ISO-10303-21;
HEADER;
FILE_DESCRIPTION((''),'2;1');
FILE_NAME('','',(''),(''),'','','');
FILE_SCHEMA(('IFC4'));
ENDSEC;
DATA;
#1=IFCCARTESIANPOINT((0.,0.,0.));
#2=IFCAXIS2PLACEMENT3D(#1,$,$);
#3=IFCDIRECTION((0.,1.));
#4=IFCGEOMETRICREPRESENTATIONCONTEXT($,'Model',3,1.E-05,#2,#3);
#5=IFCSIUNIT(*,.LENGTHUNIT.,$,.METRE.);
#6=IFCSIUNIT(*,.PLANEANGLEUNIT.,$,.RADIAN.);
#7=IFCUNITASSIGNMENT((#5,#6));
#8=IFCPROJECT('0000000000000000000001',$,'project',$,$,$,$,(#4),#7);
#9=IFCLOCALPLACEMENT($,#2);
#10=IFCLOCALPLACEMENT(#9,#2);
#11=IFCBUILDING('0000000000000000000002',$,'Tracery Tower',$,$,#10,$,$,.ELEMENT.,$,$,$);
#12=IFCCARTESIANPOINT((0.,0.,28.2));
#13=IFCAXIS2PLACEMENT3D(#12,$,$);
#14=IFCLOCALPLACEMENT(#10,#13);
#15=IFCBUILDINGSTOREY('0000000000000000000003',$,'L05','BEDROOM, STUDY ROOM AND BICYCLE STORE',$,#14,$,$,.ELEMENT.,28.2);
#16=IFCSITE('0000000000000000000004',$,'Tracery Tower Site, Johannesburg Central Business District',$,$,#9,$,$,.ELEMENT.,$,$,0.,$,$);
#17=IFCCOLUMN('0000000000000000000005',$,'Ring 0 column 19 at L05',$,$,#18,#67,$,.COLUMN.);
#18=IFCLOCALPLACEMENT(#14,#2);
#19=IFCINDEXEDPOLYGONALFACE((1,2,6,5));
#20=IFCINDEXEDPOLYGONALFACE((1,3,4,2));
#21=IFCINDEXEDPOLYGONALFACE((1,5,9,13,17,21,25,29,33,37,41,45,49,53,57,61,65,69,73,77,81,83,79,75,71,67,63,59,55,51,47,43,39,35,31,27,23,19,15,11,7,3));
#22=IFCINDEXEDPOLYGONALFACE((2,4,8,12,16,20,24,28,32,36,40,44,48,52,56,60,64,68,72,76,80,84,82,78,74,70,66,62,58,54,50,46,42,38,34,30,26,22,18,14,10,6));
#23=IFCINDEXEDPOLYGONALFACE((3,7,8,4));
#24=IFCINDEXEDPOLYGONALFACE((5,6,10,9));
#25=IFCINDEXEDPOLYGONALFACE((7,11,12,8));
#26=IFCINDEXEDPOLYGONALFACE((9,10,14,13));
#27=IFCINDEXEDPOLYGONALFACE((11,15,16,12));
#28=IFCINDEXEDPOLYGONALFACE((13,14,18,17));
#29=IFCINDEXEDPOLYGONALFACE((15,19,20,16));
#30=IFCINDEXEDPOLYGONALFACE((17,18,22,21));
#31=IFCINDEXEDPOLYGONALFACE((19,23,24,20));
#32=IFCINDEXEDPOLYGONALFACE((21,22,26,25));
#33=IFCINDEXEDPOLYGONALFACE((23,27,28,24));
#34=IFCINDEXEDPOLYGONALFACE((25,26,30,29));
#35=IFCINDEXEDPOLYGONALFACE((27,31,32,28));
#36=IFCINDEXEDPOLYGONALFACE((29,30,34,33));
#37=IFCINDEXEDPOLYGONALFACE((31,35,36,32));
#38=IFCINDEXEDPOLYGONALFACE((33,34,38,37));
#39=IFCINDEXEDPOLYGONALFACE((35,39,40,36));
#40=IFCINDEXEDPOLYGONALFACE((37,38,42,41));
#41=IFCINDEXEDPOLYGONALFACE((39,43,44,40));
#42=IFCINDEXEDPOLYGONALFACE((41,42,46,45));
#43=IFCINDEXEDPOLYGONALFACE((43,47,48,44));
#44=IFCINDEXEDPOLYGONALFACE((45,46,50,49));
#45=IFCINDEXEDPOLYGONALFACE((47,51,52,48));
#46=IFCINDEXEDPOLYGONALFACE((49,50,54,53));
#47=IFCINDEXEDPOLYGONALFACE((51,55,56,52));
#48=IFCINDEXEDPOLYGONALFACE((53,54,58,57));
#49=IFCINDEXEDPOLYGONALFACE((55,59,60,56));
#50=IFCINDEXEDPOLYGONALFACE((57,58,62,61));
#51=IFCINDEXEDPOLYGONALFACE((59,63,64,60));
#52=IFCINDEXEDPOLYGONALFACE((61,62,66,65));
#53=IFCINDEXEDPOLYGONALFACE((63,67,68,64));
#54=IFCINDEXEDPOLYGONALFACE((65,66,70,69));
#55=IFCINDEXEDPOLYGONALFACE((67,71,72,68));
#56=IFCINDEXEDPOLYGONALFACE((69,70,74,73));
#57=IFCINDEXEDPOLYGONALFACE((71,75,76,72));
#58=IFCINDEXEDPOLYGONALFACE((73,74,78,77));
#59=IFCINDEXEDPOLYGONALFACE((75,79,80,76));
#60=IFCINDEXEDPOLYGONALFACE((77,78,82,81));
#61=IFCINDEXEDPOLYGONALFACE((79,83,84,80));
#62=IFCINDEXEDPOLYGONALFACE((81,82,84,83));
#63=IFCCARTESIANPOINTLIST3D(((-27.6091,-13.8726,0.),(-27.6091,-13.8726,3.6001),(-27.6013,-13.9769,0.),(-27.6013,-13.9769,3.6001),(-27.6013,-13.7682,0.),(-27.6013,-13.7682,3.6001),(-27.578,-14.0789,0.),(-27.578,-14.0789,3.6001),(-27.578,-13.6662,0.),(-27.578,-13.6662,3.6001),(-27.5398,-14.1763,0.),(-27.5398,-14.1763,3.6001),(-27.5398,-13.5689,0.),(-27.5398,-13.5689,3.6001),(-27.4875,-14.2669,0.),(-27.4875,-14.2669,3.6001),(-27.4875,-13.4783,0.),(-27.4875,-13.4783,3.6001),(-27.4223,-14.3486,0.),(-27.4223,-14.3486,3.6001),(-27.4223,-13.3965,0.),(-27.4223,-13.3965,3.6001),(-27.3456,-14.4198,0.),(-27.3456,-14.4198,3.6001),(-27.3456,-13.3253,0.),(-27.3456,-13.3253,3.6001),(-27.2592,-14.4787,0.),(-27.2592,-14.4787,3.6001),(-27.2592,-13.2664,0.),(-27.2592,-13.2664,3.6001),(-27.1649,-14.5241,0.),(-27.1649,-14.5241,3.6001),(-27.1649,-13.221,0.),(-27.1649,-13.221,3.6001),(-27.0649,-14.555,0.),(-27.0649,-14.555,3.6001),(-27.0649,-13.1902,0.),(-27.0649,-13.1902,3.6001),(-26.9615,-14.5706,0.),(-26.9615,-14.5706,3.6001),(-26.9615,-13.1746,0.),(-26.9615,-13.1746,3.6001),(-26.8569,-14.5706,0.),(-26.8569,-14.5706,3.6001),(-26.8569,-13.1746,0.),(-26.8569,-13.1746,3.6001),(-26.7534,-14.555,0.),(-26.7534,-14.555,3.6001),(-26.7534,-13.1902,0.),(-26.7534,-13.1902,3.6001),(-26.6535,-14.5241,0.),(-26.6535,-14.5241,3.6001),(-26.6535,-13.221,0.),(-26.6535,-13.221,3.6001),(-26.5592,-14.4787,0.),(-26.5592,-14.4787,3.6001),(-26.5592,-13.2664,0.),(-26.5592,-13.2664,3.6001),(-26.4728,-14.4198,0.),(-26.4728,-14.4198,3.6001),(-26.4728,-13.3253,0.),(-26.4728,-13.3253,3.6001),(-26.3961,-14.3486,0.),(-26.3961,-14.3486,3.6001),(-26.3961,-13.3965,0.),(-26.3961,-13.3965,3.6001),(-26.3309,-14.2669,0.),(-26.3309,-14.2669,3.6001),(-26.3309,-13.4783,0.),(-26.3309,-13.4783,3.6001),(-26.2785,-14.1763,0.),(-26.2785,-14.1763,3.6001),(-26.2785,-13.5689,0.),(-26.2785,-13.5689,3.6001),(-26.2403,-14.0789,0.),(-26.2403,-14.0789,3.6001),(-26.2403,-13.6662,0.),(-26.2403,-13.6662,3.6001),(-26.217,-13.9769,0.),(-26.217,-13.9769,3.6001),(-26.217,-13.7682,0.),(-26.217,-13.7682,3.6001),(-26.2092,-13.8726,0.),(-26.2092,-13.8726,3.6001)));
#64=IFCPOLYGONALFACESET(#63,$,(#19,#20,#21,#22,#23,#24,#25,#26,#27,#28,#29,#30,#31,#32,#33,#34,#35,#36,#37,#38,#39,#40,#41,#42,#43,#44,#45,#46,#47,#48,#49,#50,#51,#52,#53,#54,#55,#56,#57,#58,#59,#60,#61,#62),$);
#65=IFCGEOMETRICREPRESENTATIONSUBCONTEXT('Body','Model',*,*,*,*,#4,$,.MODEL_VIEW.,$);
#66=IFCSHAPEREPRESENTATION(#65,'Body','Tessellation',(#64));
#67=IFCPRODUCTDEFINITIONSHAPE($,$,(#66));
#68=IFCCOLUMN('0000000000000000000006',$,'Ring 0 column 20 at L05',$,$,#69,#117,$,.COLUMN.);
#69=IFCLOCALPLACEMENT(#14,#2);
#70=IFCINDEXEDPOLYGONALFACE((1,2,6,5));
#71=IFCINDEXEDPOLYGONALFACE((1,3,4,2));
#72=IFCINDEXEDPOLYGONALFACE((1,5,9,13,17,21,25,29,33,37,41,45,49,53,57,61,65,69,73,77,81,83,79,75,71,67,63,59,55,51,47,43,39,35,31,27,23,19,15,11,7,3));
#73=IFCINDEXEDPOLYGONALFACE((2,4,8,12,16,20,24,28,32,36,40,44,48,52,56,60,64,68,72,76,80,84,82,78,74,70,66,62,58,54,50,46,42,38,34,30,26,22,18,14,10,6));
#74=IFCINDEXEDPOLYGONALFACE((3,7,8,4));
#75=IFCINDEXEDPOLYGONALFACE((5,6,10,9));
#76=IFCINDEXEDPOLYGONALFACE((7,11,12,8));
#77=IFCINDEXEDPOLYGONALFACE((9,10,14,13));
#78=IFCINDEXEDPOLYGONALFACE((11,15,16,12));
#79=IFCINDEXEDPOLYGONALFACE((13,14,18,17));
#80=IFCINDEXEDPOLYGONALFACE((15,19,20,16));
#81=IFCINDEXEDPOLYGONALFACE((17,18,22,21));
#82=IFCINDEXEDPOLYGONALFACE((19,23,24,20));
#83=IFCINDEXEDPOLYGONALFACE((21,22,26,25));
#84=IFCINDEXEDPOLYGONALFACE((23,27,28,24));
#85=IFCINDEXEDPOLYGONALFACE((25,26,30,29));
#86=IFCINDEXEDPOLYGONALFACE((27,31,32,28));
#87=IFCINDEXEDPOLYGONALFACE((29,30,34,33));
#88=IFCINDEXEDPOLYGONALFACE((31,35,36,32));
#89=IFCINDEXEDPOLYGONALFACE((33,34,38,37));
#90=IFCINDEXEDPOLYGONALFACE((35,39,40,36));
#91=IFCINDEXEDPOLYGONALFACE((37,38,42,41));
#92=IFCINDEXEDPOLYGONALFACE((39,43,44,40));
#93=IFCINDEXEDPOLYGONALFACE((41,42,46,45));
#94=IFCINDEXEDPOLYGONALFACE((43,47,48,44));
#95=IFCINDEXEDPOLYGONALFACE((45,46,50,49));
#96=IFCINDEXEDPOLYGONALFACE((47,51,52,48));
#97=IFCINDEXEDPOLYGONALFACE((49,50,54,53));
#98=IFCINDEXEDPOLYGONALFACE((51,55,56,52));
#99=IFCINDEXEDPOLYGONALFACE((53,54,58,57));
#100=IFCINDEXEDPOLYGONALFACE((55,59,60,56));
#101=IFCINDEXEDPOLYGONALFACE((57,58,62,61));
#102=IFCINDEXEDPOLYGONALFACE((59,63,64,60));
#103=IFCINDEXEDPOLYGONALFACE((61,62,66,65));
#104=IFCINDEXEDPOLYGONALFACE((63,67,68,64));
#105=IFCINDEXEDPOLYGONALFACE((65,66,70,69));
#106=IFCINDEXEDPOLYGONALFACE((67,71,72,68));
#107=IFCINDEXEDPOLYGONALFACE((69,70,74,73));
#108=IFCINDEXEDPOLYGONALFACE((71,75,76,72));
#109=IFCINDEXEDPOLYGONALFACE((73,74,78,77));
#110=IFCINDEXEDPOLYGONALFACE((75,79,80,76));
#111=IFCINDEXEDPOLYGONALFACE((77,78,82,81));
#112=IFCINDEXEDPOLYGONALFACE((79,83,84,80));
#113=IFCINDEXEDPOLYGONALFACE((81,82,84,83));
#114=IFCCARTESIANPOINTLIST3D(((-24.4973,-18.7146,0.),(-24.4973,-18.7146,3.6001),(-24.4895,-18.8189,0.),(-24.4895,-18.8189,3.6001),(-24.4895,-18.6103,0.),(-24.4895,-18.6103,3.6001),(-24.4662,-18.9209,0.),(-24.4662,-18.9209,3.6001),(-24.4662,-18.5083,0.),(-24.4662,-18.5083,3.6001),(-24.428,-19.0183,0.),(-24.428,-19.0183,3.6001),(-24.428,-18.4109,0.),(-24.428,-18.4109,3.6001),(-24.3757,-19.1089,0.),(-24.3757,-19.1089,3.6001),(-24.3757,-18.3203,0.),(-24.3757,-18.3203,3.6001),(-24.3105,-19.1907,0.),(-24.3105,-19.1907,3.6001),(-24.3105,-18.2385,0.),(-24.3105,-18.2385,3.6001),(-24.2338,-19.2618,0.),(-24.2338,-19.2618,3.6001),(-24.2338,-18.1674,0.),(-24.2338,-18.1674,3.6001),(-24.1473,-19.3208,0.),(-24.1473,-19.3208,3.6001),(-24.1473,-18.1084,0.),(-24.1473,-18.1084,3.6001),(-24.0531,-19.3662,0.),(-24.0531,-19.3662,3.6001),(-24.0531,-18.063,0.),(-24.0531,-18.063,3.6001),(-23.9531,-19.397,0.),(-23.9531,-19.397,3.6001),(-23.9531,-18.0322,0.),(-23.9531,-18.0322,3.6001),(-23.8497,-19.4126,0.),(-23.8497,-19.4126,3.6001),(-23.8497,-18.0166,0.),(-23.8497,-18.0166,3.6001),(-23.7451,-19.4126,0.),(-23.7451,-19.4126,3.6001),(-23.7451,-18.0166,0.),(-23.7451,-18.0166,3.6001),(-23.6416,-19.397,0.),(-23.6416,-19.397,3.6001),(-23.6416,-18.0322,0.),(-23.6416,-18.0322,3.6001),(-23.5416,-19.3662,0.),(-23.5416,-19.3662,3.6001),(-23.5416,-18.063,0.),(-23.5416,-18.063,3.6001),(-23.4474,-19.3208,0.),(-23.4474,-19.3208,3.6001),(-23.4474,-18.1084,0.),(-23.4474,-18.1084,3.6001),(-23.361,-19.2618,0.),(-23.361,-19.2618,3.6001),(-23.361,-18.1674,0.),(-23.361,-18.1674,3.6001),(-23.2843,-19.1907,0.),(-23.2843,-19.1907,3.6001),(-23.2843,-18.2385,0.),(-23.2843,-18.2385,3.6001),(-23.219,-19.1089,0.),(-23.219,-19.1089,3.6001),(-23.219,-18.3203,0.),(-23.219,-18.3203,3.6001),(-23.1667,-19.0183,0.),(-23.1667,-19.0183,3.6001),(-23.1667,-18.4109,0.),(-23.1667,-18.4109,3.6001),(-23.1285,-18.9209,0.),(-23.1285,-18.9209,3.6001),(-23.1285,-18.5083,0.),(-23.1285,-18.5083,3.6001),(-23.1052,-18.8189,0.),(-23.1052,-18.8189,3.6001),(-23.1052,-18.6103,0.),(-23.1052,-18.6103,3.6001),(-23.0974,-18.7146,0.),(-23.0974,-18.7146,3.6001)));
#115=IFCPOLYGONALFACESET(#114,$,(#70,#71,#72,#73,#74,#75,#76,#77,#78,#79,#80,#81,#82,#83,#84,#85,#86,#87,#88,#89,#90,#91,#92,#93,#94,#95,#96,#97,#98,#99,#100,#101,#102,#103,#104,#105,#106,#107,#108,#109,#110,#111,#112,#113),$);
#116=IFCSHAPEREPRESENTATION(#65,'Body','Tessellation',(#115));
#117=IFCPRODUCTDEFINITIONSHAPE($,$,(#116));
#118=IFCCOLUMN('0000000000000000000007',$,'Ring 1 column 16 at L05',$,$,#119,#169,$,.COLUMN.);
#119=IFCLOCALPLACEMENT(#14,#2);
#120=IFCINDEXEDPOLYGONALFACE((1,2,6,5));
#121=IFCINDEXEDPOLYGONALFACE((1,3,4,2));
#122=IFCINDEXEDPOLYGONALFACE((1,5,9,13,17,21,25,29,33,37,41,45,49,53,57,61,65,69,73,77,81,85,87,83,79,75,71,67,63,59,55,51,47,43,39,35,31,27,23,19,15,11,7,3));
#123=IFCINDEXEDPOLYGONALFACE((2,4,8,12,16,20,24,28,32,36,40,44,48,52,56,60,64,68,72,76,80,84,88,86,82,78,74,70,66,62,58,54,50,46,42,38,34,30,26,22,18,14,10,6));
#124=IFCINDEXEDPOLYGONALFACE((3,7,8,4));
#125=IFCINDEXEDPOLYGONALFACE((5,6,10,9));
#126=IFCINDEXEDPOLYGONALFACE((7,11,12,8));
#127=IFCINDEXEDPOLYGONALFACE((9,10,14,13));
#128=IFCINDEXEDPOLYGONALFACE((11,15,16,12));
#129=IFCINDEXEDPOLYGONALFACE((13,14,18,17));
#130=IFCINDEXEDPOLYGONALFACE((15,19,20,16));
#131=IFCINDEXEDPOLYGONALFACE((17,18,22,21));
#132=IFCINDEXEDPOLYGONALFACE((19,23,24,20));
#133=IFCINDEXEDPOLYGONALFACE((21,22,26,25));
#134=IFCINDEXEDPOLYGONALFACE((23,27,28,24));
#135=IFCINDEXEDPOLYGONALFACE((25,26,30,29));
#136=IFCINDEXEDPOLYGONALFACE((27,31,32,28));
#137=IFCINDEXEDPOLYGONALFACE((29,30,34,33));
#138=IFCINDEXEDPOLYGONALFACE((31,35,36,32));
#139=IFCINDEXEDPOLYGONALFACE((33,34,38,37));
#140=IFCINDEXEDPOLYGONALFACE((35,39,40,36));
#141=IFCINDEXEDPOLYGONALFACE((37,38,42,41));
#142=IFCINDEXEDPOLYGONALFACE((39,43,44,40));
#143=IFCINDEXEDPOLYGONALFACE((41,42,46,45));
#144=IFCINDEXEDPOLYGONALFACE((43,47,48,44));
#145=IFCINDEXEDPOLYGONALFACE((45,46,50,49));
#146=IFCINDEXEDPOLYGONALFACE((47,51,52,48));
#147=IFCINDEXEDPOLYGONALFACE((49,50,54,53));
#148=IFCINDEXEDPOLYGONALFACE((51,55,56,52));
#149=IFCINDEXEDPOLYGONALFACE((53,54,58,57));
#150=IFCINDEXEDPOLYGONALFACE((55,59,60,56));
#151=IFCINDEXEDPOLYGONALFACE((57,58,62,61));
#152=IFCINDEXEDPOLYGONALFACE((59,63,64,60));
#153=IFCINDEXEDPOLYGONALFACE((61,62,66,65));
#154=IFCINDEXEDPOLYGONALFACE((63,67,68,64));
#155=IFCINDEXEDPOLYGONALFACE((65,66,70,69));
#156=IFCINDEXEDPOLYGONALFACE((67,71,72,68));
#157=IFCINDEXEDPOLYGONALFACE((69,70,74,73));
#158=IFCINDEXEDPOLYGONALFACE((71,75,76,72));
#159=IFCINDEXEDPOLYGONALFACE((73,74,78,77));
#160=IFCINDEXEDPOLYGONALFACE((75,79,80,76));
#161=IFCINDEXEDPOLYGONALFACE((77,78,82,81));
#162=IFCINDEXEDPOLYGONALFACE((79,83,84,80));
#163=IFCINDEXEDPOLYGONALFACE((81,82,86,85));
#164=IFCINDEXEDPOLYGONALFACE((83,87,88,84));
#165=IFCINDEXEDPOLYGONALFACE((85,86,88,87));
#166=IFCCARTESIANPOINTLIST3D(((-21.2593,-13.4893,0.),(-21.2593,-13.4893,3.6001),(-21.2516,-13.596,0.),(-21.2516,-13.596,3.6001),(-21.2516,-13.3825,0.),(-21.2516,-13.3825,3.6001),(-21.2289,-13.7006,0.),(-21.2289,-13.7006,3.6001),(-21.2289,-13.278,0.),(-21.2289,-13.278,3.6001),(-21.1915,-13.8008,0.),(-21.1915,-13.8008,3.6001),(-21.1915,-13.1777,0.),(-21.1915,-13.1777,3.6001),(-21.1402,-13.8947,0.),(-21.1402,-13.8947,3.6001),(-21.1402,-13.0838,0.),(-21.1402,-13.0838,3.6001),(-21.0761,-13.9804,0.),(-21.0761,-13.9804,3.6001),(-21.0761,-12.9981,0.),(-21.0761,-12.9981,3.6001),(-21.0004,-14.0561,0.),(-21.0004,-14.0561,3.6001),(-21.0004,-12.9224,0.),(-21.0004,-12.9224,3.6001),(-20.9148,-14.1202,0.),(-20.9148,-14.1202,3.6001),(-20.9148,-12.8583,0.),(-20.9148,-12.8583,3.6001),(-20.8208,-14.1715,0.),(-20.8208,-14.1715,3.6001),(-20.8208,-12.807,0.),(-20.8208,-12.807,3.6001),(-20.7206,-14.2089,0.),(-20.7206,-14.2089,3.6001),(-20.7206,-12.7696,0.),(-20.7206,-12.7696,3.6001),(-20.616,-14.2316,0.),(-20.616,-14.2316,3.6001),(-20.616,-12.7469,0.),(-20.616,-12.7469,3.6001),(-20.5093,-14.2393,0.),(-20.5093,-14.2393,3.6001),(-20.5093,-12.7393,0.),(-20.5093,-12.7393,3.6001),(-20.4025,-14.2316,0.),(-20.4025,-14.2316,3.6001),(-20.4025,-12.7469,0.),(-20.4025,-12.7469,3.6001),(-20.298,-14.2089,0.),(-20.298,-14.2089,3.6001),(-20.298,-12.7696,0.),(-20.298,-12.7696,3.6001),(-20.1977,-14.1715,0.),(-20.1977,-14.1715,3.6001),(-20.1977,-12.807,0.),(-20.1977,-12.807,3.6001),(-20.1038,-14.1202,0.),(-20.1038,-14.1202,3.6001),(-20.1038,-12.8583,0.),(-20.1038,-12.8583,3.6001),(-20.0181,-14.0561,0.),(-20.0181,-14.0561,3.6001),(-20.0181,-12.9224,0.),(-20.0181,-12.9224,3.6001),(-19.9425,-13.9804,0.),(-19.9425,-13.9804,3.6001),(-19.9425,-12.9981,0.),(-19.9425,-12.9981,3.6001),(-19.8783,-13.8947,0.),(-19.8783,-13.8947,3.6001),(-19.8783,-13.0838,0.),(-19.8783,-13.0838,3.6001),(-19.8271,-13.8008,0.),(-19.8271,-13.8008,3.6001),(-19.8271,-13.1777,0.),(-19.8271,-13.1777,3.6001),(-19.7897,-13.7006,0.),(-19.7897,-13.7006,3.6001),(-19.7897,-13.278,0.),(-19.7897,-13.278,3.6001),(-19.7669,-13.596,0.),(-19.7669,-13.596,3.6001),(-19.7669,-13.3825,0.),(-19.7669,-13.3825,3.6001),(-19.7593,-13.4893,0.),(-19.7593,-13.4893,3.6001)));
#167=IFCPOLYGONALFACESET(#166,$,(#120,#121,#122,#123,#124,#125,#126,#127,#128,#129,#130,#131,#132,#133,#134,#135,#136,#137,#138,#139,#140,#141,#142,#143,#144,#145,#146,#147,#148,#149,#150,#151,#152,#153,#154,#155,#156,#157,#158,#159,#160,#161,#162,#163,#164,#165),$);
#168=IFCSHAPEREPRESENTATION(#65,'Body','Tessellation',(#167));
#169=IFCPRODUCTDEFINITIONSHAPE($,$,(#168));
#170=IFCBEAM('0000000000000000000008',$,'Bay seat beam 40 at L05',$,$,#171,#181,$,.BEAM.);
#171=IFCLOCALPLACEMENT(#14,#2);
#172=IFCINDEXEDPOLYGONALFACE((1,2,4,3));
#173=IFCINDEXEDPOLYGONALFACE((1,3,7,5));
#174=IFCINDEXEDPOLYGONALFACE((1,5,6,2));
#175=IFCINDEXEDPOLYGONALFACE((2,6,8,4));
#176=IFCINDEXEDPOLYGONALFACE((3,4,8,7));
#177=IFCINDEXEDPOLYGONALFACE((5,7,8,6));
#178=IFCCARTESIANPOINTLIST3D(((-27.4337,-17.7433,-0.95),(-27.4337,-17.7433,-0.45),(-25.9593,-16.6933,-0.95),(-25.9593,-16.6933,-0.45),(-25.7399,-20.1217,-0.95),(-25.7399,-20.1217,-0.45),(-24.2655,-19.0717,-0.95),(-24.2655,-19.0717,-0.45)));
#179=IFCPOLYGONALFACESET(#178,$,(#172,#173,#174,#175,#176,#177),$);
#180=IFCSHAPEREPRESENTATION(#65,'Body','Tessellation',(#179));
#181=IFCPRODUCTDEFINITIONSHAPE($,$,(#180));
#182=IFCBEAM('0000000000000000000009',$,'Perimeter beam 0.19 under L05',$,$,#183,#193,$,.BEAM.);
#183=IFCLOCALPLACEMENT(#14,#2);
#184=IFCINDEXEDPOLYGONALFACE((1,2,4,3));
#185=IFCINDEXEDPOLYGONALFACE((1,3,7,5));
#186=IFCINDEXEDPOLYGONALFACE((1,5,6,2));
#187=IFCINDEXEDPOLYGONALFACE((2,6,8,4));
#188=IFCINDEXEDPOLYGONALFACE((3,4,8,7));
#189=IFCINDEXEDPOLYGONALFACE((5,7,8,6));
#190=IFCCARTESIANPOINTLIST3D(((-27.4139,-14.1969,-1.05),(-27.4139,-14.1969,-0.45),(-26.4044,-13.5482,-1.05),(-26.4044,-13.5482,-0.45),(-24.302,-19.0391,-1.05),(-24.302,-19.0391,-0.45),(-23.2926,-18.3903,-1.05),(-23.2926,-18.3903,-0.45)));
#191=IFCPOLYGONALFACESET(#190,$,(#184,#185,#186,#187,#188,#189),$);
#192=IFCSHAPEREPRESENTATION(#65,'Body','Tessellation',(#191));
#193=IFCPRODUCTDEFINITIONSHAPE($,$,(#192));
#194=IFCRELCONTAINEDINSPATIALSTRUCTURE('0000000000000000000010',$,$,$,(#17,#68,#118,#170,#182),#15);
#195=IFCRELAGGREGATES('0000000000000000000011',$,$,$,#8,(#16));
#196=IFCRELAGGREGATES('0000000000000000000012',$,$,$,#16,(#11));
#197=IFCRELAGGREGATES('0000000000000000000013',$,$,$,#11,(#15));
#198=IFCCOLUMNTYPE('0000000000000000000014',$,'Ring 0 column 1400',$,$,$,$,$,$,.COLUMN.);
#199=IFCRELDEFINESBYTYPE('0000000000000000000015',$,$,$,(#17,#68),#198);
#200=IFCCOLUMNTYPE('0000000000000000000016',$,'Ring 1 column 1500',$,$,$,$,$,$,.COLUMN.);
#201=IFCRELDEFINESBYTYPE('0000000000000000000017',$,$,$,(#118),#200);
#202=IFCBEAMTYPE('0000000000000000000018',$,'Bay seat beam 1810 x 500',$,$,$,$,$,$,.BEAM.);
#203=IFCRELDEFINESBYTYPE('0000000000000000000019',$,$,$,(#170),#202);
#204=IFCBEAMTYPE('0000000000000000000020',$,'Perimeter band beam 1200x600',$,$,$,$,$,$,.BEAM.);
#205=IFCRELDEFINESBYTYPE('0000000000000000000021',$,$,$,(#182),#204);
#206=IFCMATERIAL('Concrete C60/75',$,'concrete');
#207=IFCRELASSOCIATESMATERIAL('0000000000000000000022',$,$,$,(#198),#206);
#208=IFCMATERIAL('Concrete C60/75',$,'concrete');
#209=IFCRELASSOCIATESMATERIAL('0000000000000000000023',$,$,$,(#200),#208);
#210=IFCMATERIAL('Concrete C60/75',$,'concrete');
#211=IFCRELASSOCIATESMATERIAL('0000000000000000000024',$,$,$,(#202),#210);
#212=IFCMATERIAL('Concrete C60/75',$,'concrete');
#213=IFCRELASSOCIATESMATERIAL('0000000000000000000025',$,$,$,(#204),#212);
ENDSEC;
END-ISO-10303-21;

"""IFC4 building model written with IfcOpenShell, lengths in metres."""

from ifc_helpers import new_model, si_unit, direction, frame, origin, origin_2d, place, context, subcontext, project, spatial, rectangle, circle, extrude, material, material_profile, profile_set, type_object, element, save


model = new_model("IFC4")

# Units and contexts
model_context = context("Model", 3, precision=1e-05, world=origin(), true_north=direction((0.0, 1.0)))
body_context = subcontext(model_context, "Body", "Model", "MODEL_VIEW")
ifc_project = project(units=[si_unit("LENGTHUNIT", "METRE"), si_unit("PLANEANGLEUNIT", "RADIAN")], contexts=[model_context])

# Site, building, storey
site_placement = place(None, origin())
site = spatial("IfcSite", under=ifc_project, at=site_placement, Name="Tracery Tower Site, Johannesburg Central Business District", CompositionType="ELEMENT", RefElevation=0.0)
building_placement = place(site_placement, origin())
building = spatial("IfcBuilding", under=site, at=building_placement, Name="Tracery Tower", CompositionType="ELEMENT")
storey_placement = place(building_placement, frame((0.0, 0.0, 28.2)))
storey = spatial("IfcBuildingStorey", under=building, at=storey_placement, Name="L05", Description="BEDROOM, STUDY ROOM AND BICYCLE STORE", CompositionType="ELEMENT", Elevation=28.2)

# Columns
ifc_material_1 = material(Name="Concrete C60/75", Category="concrete")
ifc_material_profile_1 = material_profile(ifc_material_1, circle(Radius=0.7, at=origin_2d()), Name="RC D1400")
ifc_profile_set_1 = profile_set([ifc_material_profile_1], Name="Concrete C60/75")
column_type_1 = type_object("IfcColumnType", Name="Ring 0 column 1400", PredefinedType="COLUMN", material=ifc_profile_set_1)
for number, where, z_axis, x_axis, name in (
    (1, (-26.9092, -13.8726, 0.0), (0.0, 0.0, 1.0), (1.0, 0.0, 0.0), "Ring 0 column 19 at L05"),
    (2, (-23.7974, -18.7146, 0.0), (0.0, 0.0, 1.0), (1.0, 0.0, 0.0), "Ring 0 column 20 at L05"),
):
    element("IfcColumn", number, at=place(storey_placement, frame(where, z_axis=z_axis, x_axis=x_axis)), inside=storey, type_object=column_type_1, Name=name, PredefinedType="COLUMN", context=body_context, shape_type="SweptSolid", body=[
        extrude(circle(Radius=0.7, at=origin_2d()), origin(), (0.0, 0.0, 1.0), 3.6001),
    ])
ifc_material_2 = material(Name="Concrete C60/75", Category="concrete")
ifc_material_profile_2 = material_profile(ifc_material_2, circle(Radius=0.75, at=origin_2d()), Name="RC D1500")
ifc_profile_set_2 = profile_set([ifc_material_profile_2], Name="Concrete C60/75")
column_type_2 = type_object("IfcColumnType", Name="Ring 1 column 1500", PredefinedType="COLUMN", material=ifc_profile_set_2)
column_placement = place(storey_placement, frame((-20.5093, -13.4893, 0.0), z_axis=(0.0, 0.0, 1.0), x_axis=(1.0, 0.0, 0.0)))
element("IfcColumn", 3, at=column_placement, inside=storey, type_object=column_type_2, Name="Ring 1 column 16 at L05", PredefinedType="COLUMN", context=body_context, shape_type="SweptSolid", body=[
    extrude(circle(Radius=0.75, at=origin_2d()), origin(), (0.0, 0.0, 1.0), 3.6001),
])

# Beams
ifc_material_3 = material(Name="Concrete C60/75", Category="concrete")
ifc_material_profile_3 = material_profile(ifc_material_3, rectangle(XDim=1.8101, YDim=0.5, at=origin_2d()), Name="RC 1810x500")
ifc_profile_set_3 = profile_set([ifc_material_profile_3], Name="Concrete C60/75")
beam_type_1 = type_object("IfcBeamType", Name="Bay seat beam 1810 x 500", PredefinedType="BEAM", material=ifc_profile_set_3)
beam_1_placement = place(storey_placement, frame((-26.6965, -17.2183, -0.7), z_axis=(0.580099, -0.814546, 0.0), x_axis=(0.814546, 0.580099, 0.0)))
element("IfcBeam", 4, at=beam_1_placement, inside=storey, type_object=beam_type_1, Name="Bay seat beam 40 at L05", PredefinedType="BEAM", context=body_context, shape_type="SweptSolid", body=[
    extrude(rectangle(XDim=1.8101, YDim=0.5, at=origin_2d()), origin(), (0.0, 0.0, 1.0), 2.9199),
])
ifc_material_4 = material(Name="Concrete C60/75", Category="concrete")
ifc_material_profile_4 = material_profile(ifc_material_4, rectangle(XDim=1.2, YDim=0.6001, at=origin_2d()), Name="RC 1200x600")
ifc_profile_set_4 = profile_set([ifc_material_profile_4], Name="Concrete C60/75")
beam_type_2 = type_object("IfcBeamType", Name="Perimeter band beam 1200x600", PredefinedType="BEAM", material=ifc_profile_set_4)
beam_2_placement = place(storey_placement, frame((-26.9092, -13.8726, -0.75), z_axis=(0.540644, -0.841252, 0.0), x_axis=(0.841252, 0.540644, 0.0)))
element("IfcBeam", 5, at=beam_2_placement, inside=storey, type_object=beam_type_2, Name="Perimeter beam 0.19 under L05", PredefinedType="BEAM", context=body_context, shape_type="SweptSolid", body=[
    extrude(rectangle(XDim=1.2, YDim=0.6001, at=origin_2d()), origin(), (0.0, 0.0, 1.0), 5.7559),
])

save(model, "model.ifc")
